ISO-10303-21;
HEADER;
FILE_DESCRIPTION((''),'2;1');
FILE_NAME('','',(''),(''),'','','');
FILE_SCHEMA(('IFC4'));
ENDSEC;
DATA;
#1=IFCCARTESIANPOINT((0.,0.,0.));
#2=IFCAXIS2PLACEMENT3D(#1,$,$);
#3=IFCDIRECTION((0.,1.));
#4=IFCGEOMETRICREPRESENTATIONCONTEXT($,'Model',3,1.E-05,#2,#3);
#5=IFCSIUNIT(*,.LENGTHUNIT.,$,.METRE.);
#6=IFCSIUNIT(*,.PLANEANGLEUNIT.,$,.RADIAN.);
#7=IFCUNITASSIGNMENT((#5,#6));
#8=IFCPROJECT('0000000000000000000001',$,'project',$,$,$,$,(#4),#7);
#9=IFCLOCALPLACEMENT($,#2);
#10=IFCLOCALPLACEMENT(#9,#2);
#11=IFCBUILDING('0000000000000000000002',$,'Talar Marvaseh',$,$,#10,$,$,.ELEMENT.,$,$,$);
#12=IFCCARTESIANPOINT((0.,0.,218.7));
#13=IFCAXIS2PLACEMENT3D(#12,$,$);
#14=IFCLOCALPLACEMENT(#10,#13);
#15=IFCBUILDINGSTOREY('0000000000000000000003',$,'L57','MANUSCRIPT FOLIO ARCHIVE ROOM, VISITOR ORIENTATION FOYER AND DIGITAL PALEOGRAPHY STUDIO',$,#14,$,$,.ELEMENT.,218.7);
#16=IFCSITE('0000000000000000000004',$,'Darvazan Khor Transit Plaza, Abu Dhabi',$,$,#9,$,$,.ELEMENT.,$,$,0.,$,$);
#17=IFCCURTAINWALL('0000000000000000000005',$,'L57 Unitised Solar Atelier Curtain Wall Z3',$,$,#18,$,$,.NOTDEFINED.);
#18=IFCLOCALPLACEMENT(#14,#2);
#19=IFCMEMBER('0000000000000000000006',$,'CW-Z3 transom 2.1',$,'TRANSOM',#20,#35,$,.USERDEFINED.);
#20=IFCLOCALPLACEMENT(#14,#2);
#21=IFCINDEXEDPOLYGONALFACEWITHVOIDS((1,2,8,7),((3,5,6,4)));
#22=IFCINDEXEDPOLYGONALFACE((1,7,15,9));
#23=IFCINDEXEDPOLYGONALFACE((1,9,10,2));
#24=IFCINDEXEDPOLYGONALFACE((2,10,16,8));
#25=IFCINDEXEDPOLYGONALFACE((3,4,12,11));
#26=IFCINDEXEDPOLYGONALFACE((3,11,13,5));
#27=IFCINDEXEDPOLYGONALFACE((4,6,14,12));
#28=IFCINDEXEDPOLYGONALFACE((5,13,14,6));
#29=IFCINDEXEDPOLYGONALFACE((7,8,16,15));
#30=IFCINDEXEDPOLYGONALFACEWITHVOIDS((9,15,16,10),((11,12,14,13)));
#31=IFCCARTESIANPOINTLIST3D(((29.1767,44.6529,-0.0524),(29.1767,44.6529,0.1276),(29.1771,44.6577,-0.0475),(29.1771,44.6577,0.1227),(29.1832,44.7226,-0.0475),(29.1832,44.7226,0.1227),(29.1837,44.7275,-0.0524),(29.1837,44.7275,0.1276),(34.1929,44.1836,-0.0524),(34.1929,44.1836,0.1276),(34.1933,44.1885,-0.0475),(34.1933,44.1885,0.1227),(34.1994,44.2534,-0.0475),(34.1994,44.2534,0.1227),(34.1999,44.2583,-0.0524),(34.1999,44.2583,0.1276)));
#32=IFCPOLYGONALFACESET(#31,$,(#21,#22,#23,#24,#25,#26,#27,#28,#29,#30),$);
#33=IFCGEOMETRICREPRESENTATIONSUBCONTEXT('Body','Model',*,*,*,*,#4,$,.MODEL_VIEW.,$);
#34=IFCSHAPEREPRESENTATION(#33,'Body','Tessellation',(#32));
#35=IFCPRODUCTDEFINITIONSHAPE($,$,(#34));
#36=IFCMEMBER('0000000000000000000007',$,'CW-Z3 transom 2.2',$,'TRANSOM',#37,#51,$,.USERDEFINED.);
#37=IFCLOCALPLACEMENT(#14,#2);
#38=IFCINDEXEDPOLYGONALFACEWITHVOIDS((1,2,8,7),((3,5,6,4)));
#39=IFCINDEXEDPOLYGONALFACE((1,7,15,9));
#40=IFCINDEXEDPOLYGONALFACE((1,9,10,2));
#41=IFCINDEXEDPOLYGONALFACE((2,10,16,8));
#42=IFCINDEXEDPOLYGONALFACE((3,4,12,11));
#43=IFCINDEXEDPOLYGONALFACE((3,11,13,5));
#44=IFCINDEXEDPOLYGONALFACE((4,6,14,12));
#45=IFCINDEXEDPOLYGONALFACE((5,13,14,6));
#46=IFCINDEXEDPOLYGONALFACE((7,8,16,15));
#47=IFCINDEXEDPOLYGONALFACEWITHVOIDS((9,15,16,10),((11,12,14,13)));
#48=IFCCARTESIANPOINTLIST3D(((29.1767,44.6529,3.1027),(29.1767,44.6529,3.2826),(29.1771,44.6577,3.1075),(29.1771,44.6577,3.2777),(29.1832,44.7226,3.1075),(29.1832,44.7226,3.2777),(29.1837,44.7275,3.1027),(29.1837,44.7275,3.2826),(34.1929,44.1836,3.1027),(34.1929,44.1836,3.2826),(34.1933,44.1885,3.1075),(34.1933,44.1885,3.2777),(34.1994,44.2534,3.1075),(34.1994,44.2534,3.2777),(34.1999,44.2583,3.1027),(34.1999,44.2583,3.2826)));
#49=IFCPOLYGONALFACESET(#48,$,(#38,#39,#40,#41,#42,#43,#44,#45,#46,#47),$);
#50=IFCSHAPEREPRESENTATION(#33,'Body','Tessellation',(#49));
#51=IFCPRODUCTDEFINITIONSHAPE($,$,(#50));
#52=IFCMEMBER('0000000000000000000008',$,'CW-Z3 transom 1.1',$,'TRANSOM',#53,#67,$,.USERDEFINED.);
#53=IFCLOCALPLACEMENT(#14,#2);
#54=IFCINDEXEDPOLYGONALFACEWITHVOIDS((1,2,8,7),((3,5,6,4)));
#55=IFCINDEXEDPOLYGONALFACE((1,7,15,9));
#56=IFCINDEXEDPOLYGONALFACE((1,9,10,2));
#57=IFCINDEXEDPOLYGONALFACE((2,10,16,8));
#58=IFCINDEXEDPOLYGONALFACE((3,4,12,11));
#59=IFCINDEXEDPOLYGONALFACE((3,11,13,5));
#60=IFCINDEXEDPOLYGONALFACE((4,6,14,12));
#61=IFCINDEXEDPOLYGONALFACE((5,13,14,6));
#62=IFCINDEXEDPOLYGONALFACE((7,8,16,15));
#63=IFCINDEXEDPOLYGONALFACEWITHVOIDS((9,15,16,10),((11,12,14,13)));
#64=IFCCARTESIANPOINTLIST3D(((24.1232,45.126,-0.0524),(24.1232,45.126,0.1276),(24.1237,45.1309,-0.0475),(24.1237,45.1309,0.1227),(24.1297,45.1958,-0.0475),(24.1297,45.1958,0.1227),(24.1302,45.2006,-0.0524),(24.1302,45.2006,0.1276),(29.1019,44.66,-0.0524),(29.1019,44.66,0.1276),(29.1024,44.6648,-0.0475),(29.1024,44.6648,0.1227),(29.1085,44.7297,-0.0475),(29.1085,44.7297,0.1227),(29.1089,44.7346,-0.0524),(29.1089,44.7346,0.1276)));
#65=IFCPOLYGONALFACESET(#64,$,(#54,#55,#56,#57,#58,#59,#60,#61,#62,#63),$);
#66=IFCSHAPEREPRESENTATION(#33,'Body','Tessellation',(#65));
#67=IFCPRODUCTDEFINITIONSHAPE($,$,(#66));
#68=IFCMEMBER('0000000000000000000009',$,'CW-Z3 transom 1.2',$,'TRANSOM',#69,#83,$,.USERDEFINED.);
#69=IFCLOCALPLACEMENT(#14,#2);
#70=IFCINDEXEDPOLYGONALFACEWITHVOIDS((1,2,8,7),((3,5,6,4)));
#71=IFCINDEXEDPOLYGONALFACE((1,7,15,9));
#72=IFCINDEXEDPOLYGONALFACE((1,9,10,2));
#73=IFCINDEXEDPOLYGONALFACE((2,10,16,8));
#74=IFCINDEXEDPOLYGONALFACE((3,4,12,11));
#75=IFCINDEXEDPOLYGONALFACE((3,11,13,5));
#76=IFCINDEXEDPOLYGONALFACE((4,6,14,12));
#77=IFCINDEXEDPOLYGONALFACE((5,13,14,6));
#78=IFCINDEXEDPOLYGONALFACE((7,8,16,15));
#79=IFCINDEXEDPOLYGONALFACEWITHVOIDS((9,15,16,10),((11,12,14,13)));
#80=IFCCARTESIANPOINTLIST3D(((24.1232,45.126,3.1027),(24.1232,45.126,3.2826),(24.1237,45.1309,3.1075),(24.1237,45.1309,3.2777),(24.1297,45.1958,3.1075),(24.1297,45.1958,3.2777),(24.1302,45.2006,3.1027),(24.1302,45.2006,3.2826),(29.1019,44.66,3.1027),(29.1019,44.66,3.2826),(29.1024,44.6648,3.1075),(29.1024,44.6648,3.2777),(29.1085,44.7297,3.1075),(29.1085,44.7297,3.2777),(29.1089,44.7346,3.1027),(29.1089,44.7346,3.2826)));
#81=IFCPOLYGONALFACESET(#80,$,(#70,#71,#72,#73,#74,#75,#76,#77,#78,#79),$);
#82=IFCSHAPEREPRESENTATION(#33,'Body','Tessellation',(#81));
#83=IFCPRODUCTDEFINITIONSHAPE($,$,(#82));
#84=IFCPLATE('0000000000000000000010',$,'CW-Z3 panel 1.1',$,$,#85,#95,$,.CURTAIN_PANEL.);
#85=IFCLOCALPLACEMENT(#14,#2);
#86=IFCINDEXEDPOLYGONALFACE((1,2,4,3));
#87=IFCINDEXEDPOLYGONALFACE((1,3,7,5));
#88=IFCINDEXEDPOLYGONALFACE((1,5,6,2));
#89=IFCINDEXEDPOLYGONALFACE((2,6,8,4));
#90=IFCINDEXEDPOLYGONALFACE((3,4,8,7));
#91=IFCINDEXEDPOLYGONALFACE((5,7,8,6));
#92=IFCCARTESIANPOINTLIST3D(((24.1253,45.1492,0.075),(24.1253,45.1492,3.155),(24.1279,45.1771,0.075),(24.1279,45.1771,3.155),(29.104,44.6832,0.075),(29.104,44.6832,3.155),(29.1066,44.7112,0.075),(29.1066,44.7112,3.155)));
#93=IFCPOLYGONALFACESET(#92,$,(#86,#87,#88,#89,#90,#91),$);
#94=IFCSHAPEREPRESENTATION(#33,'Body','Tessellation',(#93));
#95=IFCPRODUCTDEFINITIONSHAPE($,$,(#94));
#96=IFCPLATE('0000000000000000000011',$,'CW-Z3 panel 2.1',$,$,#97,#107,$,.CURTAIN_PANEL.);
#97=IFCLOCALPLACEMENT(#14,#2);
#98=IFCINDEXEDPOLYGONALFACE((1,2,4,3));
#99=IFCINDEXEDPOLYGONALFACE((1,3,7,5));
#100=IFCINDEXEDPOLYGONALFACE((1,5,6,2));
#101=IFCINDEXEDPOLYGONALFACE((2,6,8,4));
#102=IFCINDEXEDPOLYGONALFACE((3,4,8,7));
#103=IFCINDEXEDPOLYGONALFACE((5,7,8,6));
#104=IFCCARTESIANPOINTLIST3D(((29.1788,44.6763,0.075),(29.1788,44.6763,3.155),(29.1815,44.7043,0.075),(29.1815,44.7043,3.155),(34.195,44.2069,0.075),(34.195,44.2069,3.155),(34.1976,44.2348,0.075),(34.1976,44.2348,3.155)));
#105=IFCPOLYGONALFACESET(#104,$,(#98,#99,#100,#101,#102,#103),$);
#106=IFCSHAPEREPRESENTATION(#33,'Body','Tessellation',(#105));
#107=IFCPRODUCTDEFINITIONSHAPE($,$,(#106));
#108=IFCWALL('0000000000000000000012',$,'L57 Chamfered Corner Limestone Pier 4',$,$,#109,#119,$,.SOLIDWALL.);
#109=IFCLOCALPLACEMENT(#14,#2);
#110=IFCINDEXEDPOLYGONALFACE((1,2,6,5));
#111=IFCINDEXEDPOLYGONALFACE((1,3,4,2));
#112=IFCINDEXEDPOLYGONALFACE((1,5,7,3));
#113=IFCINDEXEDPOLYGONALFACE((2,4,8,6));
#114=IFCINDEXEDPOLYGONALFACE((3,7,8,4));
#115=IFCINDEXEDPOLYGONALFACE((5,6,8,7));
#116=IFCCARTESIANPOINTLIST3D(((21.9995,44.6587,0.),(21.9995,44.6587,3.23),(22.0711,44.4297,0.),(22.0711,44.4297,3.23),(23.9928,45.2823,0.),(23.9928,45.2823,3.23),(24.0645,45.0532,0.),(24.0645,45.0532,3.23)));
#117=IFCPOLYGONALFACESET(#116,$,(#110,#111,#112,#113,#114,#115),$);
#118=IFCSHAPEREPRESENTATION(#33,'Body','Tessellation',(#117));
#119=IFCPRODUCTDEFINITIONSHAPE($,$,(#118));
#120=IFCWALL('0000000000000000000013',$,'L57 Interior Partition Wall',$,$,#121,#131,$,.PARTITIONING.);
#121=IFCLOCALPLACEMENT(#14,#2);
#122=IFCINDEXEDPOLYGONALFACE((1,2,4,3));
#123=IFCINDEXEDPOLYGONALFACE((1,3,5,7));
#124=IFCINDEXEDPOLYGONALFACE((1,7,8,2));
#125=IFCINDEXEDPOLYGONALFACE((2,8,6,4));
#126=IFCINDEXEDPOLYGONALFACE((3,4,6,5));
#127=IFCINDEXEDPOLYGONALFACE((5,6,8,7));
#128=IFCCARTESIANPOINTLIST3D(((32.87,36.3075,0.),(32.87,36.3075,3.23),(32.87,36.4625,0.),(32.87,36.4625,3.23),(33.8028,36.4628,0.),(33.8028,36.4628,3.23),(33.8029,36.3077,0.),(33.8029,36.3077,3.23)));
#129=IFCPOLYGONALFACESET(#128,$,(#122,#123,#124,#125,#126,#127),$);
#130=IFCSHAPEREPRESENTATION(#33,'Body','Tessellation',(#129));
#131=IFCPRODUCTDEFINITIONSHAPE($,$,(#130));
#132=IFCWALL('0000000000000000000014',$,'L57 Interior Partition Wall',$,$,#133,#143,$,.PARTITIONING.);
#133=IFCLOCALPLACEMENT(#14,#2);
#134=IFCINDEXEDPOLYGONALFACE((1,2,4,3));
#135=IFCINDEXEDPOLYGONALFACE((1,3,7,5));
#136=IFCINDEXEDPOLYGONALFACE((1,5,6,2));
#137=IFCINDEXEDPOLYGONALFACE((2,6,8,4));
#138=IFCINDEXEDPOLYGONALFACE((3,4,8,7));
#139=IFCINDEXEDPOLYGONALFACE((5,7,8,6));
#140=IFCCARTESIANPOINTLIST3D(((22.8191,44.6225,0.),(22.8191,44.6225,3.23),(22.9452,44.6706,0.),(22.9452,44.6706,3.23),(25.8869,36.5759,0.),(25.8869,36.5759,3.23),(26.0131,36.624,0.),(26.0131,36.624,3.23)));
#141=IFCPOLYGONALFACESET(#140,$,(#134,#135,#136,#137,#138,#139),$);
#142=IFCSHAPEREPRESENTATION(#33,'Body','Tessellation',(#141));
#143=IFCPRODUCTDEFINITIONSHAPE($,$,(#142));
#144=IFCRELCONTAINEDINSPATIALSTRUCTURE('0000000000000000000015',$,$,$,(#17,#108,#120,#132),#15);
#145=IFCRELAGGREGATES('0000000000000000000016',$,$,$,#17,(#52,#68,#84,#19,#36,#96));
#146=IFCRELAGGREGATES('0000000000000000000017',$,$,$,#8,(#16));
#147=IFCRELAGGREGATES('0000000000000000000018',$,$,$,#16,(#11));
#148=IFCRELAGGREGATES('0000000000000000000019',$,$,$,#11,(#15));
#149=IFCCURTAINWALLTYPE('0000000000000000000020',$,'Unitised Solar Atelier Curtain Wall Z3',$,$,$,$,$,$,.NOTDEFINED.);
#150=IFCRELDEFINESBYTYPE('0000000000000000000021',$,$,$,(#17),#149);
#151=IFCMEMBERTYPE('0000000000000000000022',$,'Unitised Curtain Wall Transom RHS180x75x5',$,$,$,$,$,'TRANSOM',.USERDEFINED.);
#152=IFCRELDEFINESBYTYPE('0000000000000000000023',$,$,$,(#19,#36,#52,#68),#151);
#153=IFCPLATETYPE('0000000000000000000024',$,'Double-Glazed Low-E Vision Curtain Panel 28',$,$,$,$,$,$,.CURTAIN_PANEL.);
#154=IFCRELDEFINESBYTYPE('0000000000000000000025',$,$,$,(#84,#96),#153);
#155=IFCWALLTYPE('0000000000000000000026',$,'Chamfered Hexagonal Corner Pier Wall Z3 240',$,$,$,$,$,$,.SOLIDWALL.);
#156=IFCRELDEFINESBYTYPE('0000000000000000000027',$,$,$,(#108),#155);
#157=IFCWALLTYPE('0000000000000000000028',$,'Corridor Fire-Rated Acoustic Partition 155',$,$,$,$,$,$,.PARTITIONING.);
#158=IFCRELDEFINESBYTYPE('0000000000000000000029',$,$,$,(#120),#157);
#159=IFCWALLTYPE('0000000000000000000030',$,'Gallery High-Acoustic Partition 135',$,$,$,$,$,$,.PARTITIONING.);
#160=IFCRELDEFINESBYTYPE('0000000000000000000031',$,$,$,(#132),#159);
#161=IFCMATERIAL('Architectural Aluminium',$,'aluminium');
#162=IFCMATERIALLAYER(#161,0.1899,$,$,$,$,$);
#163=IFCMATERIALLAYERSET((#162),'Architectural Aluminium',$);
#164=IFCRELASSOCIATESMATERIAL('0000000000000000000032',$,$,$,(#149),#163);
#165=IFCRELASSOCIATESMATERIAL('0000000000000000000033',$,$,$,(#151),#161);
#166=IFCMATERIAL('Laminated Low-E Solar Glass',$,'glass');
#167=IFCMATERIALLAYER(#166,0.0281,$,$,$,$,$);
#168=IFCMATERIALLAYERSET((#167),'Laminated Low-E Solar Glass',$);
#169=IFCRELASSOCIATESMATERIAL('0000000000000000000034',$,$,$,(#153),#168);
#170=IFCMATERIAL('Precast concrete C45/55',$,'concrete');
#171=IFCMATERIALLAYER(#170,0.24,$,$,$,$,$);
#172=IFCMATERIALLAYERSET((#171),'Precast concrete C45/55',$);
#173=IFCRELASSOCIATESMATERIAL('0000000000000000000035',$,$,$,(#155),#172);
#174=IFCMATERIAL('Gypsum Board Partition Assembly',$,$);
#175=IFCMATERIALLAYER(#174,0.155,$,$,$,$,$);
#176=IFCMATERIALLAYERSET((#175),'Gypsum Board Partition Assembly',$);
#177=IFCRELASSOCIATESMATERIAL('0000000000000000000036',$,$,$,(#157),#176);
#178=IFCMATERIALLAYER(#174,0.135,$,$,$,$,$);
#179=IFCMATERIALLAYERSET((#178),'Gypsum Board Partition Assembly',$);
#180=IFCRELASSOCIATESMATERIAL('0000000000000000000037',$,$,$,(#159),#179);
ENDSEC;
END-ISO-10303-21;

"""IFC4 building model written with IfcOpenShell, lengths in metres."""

from ifc_helpers import new_model, si_unit, direction, frame, frame_2d, origin, origin_2d, place, context, subcontext, project, spatial, rectangle, hollow_rectangle, extrude, source, transform, mapped, material, layer, layer_set, material_profile, profile_set, type_object, type_shapes, element, aggregate, save


model = new_model("IFC4")

# Units and contexts
model_context = context("Model", 3, precision=1e-05, world=origin(), true_north=direction((0.0, 1.0)))
body_context = subcontext(model_context, "Body", "Model", "MODEL_VIEW")
ifc_project = project(units=[si_unit("LENGTHUNIT", "METRE"), si_unit("PLANEANGLEUNIT", "RADIAN")], contexts=[model_context])

# Site, building, storey
site_placement = place(None, origin())
site = spatial("IfcSite", under=ifc_project, at=site_placement, Name="Darvazan Khor Transit Plaza, Abu Dhabi", CompositionType="ELEMENT", RefElevation=0.0)
building_placement = place(site_placement, origin())
building = spatial("IfcBuilding", under=site, at=building_placement, Name="Talar Marvaseh", CompositionType="ELEMENT")
storey_placement = place(building_placement, frame((0.0, 0.0, 218.7)))
storey = spatial("IfcBuildingStorey", under=building, at=storey_placement, Name="L57", Description="MANUSCRIPT FOLIO ARCHIVE ROOM, VISITOR ORIENTATION FOYER AND DIGITAL PALEOGRAPHY STUDIO", CompositionType="ELEMENT", Elevation=218.7)

# Shared definitions
ifc_material_1 = material(Name="Architectural Aluminium", Category="aluminium")
ifc_layer_1 = layer(ifc_material_1, 0.1899)
ifc_layer_set_1 = layer_set([ifc_layer_1], Name="Architectural Aluminium")
curtain_wall_type = type_object("IfcCurtainWallType", Name="Unitised Solar Atelier Curtain Wall Z3", PredefinedType="NOTDEFINED", material=ifc_layer_set_1)

# Curtain wall, members, plates
curtain_wall_1_placement = place(storey_placement, origin())
curtain_wall_1 = element("IfcCurtainWall", 1, at=curtain_wall_1_placement, inside=storey, type_object=curtain_wall_type, Name="L57 Unitised Solar Atelier Curtain Wall Z3", PredefinedType="NOTDEFINED")
ifc_material_profile_1 = material_profile(ifc_material_1, hollow_rectangle(XDim=0.075, YDim=0.1799, WallThickness=0.0049, at=origin_2d()), Name="RHS180x75x5")
ifc_profile_set_1 = profile_set([ifc_material_profile_1], Name="Architectural Aluminium")
member_type_1 = type_object("IfcMemberType", Name="Unitised Curtain Wall Transom RHS180x75x5", ElementType="TRANSOM", PredefinedType="USERDEFINED", material=ifc_profile_set_1)
shared_shape_1 = source(origin(), body_context, "Body", "SweptSolid", [
    extrude(hollow_rectangle(XDim=0.075, YDim=0.1799, WallThickness=0.0049, at=origin_2d()), origin(), (0.0, 0.0, 1.0), 5.0381),
])
member_1_placement = place(storey_placement, frame((29.1802, 44.6902, 0.0376), z_axis=(0.995653, -0.09314, 0.0), x_axis=(0.09314, 0.995653, 0.0)))
member_1 = element("IfcMember", 2, at=member_1_placement, type_object=member_type_1, Name="CW-Z3 transom 2.1", ObjectType="TRANSOM", PredefinedType="USERDEFINED", context=body_context, shape_type="MappedRepresentation", body=[
    mapped(shared_shape_1, transform((0.0, 0.0, 0.0), x_axis=(1.0, 0.0, 0.0), y_axis=(0.0, 1.0, 0.0), z_axis=(0.0, 0.0, 1.0), scale=1.0)),
])
member_2_placement = place(storey_placement, frame((29.1802, 44.6902, 3.1926), z_axis=(0.995653, -0.09314, 0.0), x_axis=(0.09314, 0.995653, 0.0)))
member_2 = element("IfcMember", 3, at=member_2_placement, type_object=member_type_1, Name="CW-Z3 transom 2.2", ObjectType="TRANSOM", PredefinedType="USERDEFINED", context=body_context, shape_type="MappedRepresentation", body=[
    mapped(shared_shape_1, transform((0.0, 0.0, 0.0), x_axis=(1.0, 0.0, 0.0), y_axis=(0.0, 1.0, 0.0), z_axis=(0.0, 0.0, 1.0), scale=1.0)),
])
shared_shape_2 = source(origin(), body_context, "Body", "SweptSolid", [
    extrude(hollow_rectangle(XDim=0.075, YDim=0.1799, WallThickness=0.0049, at=origin_2d()), origin(), (0.0, 0.0, 1.0), 5.0005),
])
type_shapes(member_type_1, [shared_shape_1, shared_shape_2])
member_3_placement = place(storey_placement, frame((24.1267, 45.1633, 0.0376), z_axis=(0.995647, -0.093203, 0.0), x_axis=(0.093203, 0.995647, 0.0)))
member_3 = element("IfcMember", 4, at=member_3_placement, type_object=member_type_1, Name="CW-Z3 transom 1.1", ObjectType="TRANSOM", PredefinedType="USERDEFINED", context=body_context, shape_type="MappedRepresentation", body=[
    mapped(shared_shape_2, transform((0.0, 0.0, 0.0), x_axis=(1.0, 0.0, 0.0), y_axis=(0.0, 1.0, 0.0), z_axis=(0.0, 0.0, 1.0), scale=1.0)),
])
member_4_placement = place(storey_placement, frame((24.1267, 45.1633, 3.1926), z_axis=(0.995647, -0.093203, 0.0), x_axis=(0.093203, 0.995647, 0.0)))
member_4 = element("IfcMember", 5, at=member_4_placement, type_object=member_type_1, Name="CW-Z3 transom 1.2", ObjectType="TRANSOM", PredefinedType="USERDEFINED", context=body_context, shape_type="MappedRepresentation", body=[
    mapped(shared_shape_2, transform((0.0, 0.0, 0.0), x_axis=(1.0, 0.0, 0.0), y_axis=(0.0, 1.0, 0.0), z_axis=(0.0, 0.0, 1.0), scale=1.0)),
])
ifc_material_2 = material(Name="Laminated Low-E Solar Glass", Category="glass")
ifc_layer_2 = layer(ifc_material_2, 0.0281)
ifc_layer_set_2 = layer_set([ifc_layer_2], Name="Laminated Low-E Solar Glass")
plate_type = type_object("IfcPlateType", Name="Double-Glazed Low-E Vision Curtain Panel 28", PredefinedType="CURTAIN_PANEL", material=ifc_layer_set_2)
shared_shape_3 = source(origin(), body_context, "Body", "SweptSolid", [
    extrude(rectangle(XDim=5.0005, YDim=0.0281, at=origin_2d()), origin(), (0.0, 0.0, 1.0), 3.0801),
])
plate_1_placement = place(storey_placement, frame((26.616, 44.9302, 0.075), z_axis=(0.0, 0.0, 1.0), x_axis=(0.99565, -0.093174, 0.0)))
plate_1 = element("IfcPlate", 6, at=plate_1_placement, type_object=plate_type, Name="CW-Z3 panel 1.1", PredefinedType="CURTAIN_PANEL", context=body_context, shape_type="MappedRepresentation", body=[
    mapped(shared_shape_3, transform((0.0, 0.0, 0.0), x_axis=(1.0, 0.0, 0.0), y_axis=(0.0, 1.0, 0.0), z_axis=(0.0, 0.0, 1.0), scale=1.0)),
])
shared_shape_4 = source(origin(), body_context, "Body", "SweptSolid", [
    extrude(rectangle(XDim=5.0381, YDim=0.0281, at=origin_2d()), origin(), (0.0, 0.0, 1.0), 3.0801),
])
type_shapes(plate_type, [shared_shape_3, shared_shape_4])
plate_2_placement = place(storey_placement, frame((31.6882, 44.4556, 0.075), z_axis=(0.0, 0.0, 1.0), x_axis=(0.99565, -0.093174, 0.0)))
plate_2 = element("IfcPlate", 7, at=plate_2_placement, type_object=plate_type, Name="CW-Z3 panel 2.1", PredefinedType="CURTAIN_PANEL", context=body_context, shape_type="MappedRepresentation", body=[
    mapped(shared_shape_4, transform((0.0, 0.0, 0.0), x_axis=(1.0, 0.0, 0.0), y_axis=(0.0, 1.0, 0.0), z_axis=(0.0, 0.0, 1.0), scale=1.0)),
])
aggregate(curtain_wall_1, [member_3, member_4, plate_1, member_1, member_2, plate_2])

# Wall
ifc_material_3 = material(Name="Precast concrete C45/55", Category="concrete")
ifc_layer_3 = layer(ifc_material_3, 0.24)
ifc_layer_set_3 = layer_set([ifc_layer_3], Name="Precast concrete C45/55")
wall_type_1 = type_object("IfcWallType", Name="Chamfered Hexagonal Corner Pier Wall Z3 240", PredefinedType="SOLIDWALL", material=ifc_layer_set_3)
wall_1_placement = place(storey_placement, frame((22.0352, 44.5442, 0.0), z_axis=(0.0, 0.0, 1.0), x_axis=(0.954399, 0.298535, 0.0)))
element("IfcWall", 8, at=wall_1_placement, inside=storey, type_object=wall_type_1, Name="L57 Chamfered Corner Limestone Pier 4", PredefinedType="SOLIDWALL", context=body_context, shape_type="SweptSolid", body=[
    extrude(rectangle(XDim=2.0886, YDim=0.24, at=frame_2d((1.0444, 0.0))), origin(), (0.0, 0.0, 1.0), 3.23),
])

# Shared definitions
ifc_material_4 = material(Name="Gypsum Board Partition Assembly")
ifc_layer_4 = layer(ifc_material_4, 0.155)
ifc_layer_set_4 = layer_set([ifc_layer_4], Name="Gypsum Board Partition Assembly")
wall_type_2 = type_object("IfcWallType", Name="Corridor Fire-Rated Acoustic Partition 155", PredefinedType="PARTITIONING", material=ifc_layer_set_4)

# Walls
wall_2_placement = place(storey_placement, frame((32.8701, 36.385, 0.0), z_axis=(0.0, 0.0, 1.0), x_axis=(1.0, 0.000262, 0.0)))
element("IfcWall", 9, at=wall_2_placement, inside=storey, type_object=wall_type_2, Name="L57 Interior Partition Wall", PredefinedType="PARTITIONING", context=body_context, shape_type="SweptSolid", body=[
    extrude(rectangle(XDim=0.9329, YDim=0.155, at=frame_2d((0.4663, 0.0))), origin(), (0.0, 0.0, 1.0), 3.23),
])
ifc_layer_5 = layer(ifc_material_4, 0.135)
ifc_layer_set_5 = layer_set([ifc_layer_5], Name="Gypsum Board Partition Assembly")
wall_type_3 = type_object("IfcWallType", Name="Gallery High-Acoustic Partition 135", PredefinedType="PARTITIONING", material=ifc_layer_set_5)
wall_3_placement = place(storey_placement, frame((25.95, 36.6001, 0.0), z_axis=(0.0, 0.0, 1.0), x_axis=(-0.356248, 0.934392, 0.0)))
element("IfcWall", 10, at=wall_3_placement, inside=storey, type_object=wall_type_3, Name="L57 Interior Partition Wall", PredefinedType="PARTITIONING", context=body_context, shape_type="SweptSolid", body=[
    extrude(rectangle(XDim=8.6116, YDim=0.135, at=frame_2d((4.3057, 0.0))), origin(), (0.0, 0.0, 1.0), 3.23),
])

save(model, "model.ifc")
